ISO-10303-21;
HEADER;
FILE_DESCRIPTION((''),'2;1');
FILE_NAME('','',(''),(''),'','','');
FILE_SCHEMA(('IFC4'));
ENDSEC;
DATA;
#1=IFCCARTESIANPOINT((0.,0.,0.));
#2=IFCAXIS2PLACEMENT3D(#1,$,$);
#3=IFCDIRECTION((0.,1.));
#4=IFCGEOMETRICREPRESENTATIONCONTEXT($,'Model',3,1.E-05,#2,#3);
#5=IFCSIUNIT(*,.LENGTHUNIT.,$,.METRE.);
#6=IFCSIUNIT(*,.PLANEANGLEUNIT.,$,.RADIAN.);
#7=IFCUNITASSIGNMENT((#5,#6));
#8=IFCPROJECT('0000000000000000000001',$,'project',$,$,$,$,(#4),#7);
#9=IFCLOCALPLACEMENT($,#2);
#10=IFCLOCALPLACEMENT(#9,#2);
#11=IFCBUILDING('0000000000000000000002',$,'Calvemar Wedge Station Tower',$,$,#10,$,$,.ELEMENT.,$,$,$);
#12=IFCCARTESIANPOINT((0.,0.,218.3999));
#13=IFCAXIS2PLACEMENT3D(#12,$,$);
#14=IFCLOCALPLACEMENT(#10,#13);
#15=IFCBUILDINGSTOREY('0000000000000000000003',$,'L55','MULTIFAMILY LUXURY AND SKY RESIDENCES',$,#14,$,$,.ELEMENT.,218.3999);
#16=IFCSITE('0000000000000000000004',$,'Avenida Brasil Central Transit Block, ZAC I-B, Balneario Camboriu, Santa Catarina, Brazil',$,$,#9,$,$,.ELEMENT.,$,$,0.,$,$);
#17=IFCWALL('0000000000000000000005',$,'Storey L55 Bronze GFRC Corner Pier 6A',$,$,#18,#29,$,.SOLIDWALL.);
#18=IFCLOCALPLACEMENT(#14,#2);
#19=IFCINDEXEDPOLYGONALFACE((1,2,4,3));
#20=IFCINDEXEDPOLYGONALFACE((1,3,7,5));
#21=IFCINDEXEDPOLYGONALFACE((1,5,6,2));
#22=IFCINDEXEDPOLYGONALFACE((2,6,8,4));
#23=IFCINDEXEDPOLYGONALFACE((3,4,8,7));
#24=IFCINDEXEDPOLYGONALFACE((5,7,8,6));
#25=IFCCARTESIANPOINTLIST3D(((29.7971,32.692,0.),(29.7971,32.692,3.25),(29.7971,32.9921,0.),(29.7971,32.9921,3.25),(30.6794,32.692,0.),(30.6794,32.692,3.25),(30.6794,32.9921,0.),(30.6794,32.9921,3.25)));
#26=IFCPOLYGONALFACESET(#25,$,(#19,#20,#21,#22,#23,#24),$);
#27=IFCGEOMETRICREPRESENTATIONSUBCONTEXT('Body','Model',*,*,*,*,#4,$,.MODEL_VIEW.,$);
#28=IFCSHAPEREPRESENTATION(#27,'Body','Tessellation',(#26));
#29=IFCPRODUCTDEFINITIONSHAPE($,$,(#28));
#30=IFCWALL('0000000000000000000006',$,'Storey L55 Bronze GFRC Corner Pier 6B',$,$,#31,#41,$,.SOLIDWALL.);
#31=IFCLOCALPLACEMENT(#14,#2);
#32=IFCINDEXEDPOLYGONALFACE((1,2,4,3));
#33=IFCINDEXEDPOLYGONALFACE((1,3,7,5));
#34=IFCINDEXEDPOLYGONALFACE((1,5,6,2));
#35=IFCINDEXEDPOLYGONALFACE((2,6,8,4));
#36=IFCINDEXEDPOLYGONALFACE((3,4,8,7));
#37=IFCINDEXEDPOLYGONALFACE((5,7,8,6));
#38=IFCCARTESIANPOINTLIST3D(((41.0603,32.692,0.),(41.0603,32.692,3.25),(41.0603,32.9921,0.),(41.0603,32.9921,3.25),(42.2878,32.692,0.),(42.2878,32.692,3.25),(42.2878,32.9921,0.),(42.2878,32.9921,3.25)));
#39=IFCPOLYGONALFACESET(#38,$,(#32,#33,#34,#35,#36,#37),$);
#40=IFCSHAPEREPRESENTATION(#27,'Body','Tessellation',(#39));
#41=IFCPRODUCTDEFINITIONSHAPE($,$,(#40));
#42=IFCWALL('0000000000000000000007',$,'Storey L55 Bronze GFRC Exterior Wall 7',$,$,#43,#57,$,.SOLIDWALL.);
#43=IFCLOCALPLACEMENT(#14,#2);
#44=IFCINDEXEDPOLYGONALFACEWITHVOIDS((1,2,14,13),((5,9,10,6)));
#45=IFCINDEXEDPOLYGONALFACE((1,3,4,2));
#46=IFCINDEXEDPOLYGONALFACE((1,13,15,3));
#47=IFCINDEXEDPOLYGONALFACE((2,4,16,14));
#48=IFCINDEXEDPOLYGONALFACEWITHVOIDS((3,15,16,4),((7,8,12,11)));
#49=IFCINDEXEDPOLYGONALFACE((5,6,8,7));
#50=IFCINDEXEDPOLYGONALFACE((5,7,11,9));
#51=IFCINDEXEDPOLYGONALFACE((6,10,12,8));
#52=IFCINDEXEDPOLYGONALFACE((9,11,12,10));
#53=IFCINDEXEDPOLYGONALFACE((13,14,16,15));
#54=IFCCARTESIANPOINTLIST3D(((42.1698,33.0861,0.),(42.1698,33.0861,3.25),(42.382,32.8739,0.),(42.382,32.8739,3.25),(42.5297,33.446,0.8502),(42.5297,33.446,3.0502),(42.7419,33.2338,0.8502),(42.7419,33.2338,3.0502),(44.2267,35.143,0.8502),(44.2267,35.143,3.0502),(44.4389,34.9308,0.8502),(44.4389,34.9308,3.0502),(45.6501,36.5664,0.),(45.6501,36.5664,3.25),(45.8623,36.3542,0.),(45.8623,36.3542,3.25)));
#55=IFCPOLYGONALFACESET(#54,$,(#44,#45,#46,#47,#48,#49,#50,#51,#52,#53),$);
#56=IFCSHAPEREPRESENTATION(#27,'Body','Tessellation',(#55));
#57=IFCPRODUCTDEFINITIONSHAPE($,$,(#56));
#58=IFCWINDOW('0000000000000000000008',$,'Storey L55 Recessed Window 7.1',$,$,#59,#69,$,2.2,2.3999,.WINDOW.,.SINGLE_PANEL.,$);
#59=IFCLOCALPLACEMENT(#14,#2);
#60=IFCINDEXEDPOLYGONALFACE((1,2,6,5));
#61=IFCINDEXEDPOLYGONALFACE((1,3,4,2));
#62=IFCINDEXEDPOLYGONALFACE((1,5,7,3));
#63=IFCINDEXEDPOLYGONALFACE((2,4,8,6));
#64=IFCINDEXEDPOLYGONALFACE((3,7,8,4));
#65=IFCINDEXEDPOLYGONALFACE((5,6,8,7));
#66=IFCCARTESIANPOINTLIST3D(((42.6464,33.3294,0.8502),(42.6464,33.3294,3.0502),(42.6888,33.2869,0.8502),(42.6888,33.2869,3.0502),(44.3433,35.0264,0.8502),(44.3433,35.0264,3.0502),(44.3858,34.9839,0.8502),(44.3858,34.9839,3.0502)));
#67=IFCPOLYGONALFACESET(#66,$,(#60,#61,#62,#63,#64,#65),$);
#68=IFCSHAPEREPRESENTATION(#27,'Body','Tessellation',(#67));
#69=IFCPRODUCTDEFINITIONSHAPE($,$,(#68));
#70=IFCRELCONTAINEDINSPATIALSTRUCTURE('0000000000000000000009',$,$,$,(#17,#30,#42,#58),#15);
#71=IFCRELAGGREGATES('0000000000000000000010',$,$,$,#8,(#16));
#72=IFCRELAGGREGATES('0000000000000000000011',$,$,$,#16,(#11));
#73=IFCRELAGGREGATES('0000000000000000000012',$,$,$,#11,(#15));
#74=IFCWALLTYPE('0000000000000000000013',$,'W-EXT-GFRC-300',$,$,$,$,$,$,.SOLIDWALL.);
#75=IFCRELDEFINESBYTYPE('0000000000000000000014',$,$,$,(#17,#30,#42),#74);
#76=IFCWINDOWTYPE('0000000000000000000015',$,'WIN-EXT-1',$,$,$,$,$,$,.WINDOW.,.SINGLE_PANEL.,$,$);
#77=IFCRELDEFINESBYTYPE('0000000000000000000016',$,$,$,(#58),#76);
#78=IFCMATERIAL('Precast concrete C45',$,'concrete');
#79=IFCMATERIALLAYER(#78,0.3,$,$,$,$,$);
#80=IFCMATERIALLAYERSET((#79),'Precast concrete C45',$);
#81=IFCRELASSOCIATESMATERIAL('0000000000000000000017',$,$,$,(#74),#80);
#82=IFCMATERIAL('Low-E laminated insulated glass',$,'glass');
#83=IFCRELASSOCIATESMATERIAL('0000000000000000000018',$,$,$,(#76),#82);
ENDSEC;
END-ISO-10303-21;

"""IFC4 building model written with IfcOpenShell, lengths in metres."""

from ifc_helpers import new_model, si_unit, direction, frame, frame_2d, origin, place, context, subcontext, project, spatial, rectangle, extrude, source, transform, mapped, material, layer, layer_set, type_object, element, fill, save


model = new_model("IFC4")

# Units and contexts
model_context = context("Model", 3, precision=1e-05, world=origin(), true_north=direction((0.0, 1.0)))
body_context = subcontext(model_context, "Body", "Model", "MODEL_VIEW")
ifc_project = project(units=[si_unit("LENGTHUNIT", "METRE"), si_unit("PLANEANGLEUNIT", "RADIAN")], contexts=[model_context])

# Site, building, storey
site_placement = place(None, origin())
site = spatial("IfcSite", under=ifc_project, at=site_placement, Name="Avenida Brasil Central Transit Block, ZAC I-B, Balneario Camboriu, Santa Catarina, Brazil", CompositionType="ELEMENT", RefElevation=0.0)
building_placement = place(site_placement, origin())
building = spatial("IfcBuilding", under=site, at=building_placement, Name="Calvemar Wedge Station Tower", CompositionType="ELEMENT")
storey_placement = place(building_placement, frame((0.0, 0.0, 218.3999)))
storey = spatial("IfcBuildingStorey", under=building, at=storey_placement, Name="L55", Description="MULTIFAMILY LUXURY AND SKY RESIDENCES", CompositionType="ELEMENT", Elevation=218.3999)

# Shared definitions
ifc_material_1 = material(Name="Low-E laminated insulated glass", Category="glass")

# Shared definitions
ifc_material_2 = material(Name="Precast concrete C45", Category="concrete")
ifc_layer_1 = layer(ifc_material_2, 0.3)
ifc_layer_set_1 = layer_set([ifc_layer_1], Name="Precast concrete C45")
wall_type_1 = type_object("IfcWallType", Name="W-EXT-GFRC-300", PredefinedType="SOLIDWALL", material=ifc_layer_set_1)

# Walls
wall_1_placement = place(storey_placement, frame((29.7971, 32.842, 0.0), z_axis=(0.0, 0.0, 1.0), x_axis=(1.0, 0.0, 0.0)))
element("IfcWall", 1, at=wall_1_placement, inside=storey, type_object=wall_type_1, Name="Storey L55 Bronze GFRC Corner Pier 6A", PredefinedType="SOLIDWALL", context=body_context, shape_type="SweptSolid", body=[
    extrude(rectangle(XDim=0.8823, YDim=0.3, at=frame_2d((0.4412, 0.0))), origin(), (0.0, 0.0, 1.0), 3.25),
])
wall_2_placement = place(storey_placement, frame((41.0603, 32.842, 0.0), z_axis=(0.0, 0.0, 1.0), x_axis=(1.0, 0.0, 0.0)))
element("IfcWall", 2, at=wall_2_placement, inside=storey, type_object=wall_type_1, Name="Storey L55 Bronze GFRC Corner Pier 6B", PredefinedType="SOLIDWALL", context=body_context, shape_type="SweptSolid", body=[
    extrude(rectangle(XDim=1.2275, YDim=0.3, at=frame_2d((0.6138, 0.0))), origin(), (0.0, 0.0, 1.0), 3.25),
])

# Wall, opening, window
wall_3_placement = place(storey_placement, frame((42.2759, 32.98, 0.0), z_axis=(0.0, 0.0, 1.0), x_axis=(0.707107, 0.707107, 0.0)))
wall_3 = element("IfcWall", 3, at=wall_3_placement, inside=storey, type_object=wall_type_1, Name="Storey L55 Bronze GFRC Exterior Wall 7", PredefinedType="SOLIDWALL", context=body_context, shape_type="SweptSolid", body=[
    extrude(rectangle(XDim=4.9219, YDim=0.3, at=frame_2d((2.4609, 0.0))), origin(), (0.0, 0.0, 1.0), 3.25),
])
shared_shape_1 = source(origin(), body_context, "Body", "SweptSolid", [
    extrude(rectangle(XDim=2.3999, YDim=2.2, at=frame_2d((1.2, 1.1001))), frame((0.0, 0.1602, 0.0), z_axis=(0.0, -1.0, 0.0), x_axis=(1.0, 0.0, 0.0)), (0.0, 0.0, 1.0), 0.3201),
])
opening_1_placement = place(wall_3_placement, frame((0.509, 0.0, 0.8501)))
opening_1 = element("IfcOpeningElement", 4, at=opening_1_placement, cuts=wall_3, PredefinedType="OPENING", context=body_context, shape_type="MappedRepresentation", body=[
    mapped(shared_shape_1, transform((0.0, 0.0, 0.0), scale=1.0)),
])
window_type_1 = type_object("IfcWindowType", Name="WIN-EXT-1", PartitioningType="SINGLE_PANEL", PredefinedType="WINDOW", material=ifc_material_1)
shared_shape_2 = source(origin(), body_context, "Body", "SweptSolid", [
    extrude(rectangle(XDim=2.3999, YDim=2.2, at=frame_2d((1.2, 1.1001))), frame((0.0, -0.0149, 0.0), z_axis=(0.0, -1.0, 0.0), x_axis=(1.0, 0.0, 0.0)), (0.0, 0.0, 1.0), 0.0601),
])
window_1_placement = place(opening_1_placement, origin())
window_1 = element("IfcWindow", 5, at=window_1_placement, inside=storey, type_object=window_type_1, Name="Storey L55 Recessed Window 7.1", OverallHeight=2.2, OverallWidth=2.3999, PartitioningType="SINGLE_PANEL", PredefinedType="WINDOW", context=body_context, shape_type="MappedRepresentation", body=[
    mapped(shared_shape_2, transform((0.0, 0.0, 0.0), scale=1.0)),
])
fill(opening_1, window_1)

save(model, "model.ifc")
